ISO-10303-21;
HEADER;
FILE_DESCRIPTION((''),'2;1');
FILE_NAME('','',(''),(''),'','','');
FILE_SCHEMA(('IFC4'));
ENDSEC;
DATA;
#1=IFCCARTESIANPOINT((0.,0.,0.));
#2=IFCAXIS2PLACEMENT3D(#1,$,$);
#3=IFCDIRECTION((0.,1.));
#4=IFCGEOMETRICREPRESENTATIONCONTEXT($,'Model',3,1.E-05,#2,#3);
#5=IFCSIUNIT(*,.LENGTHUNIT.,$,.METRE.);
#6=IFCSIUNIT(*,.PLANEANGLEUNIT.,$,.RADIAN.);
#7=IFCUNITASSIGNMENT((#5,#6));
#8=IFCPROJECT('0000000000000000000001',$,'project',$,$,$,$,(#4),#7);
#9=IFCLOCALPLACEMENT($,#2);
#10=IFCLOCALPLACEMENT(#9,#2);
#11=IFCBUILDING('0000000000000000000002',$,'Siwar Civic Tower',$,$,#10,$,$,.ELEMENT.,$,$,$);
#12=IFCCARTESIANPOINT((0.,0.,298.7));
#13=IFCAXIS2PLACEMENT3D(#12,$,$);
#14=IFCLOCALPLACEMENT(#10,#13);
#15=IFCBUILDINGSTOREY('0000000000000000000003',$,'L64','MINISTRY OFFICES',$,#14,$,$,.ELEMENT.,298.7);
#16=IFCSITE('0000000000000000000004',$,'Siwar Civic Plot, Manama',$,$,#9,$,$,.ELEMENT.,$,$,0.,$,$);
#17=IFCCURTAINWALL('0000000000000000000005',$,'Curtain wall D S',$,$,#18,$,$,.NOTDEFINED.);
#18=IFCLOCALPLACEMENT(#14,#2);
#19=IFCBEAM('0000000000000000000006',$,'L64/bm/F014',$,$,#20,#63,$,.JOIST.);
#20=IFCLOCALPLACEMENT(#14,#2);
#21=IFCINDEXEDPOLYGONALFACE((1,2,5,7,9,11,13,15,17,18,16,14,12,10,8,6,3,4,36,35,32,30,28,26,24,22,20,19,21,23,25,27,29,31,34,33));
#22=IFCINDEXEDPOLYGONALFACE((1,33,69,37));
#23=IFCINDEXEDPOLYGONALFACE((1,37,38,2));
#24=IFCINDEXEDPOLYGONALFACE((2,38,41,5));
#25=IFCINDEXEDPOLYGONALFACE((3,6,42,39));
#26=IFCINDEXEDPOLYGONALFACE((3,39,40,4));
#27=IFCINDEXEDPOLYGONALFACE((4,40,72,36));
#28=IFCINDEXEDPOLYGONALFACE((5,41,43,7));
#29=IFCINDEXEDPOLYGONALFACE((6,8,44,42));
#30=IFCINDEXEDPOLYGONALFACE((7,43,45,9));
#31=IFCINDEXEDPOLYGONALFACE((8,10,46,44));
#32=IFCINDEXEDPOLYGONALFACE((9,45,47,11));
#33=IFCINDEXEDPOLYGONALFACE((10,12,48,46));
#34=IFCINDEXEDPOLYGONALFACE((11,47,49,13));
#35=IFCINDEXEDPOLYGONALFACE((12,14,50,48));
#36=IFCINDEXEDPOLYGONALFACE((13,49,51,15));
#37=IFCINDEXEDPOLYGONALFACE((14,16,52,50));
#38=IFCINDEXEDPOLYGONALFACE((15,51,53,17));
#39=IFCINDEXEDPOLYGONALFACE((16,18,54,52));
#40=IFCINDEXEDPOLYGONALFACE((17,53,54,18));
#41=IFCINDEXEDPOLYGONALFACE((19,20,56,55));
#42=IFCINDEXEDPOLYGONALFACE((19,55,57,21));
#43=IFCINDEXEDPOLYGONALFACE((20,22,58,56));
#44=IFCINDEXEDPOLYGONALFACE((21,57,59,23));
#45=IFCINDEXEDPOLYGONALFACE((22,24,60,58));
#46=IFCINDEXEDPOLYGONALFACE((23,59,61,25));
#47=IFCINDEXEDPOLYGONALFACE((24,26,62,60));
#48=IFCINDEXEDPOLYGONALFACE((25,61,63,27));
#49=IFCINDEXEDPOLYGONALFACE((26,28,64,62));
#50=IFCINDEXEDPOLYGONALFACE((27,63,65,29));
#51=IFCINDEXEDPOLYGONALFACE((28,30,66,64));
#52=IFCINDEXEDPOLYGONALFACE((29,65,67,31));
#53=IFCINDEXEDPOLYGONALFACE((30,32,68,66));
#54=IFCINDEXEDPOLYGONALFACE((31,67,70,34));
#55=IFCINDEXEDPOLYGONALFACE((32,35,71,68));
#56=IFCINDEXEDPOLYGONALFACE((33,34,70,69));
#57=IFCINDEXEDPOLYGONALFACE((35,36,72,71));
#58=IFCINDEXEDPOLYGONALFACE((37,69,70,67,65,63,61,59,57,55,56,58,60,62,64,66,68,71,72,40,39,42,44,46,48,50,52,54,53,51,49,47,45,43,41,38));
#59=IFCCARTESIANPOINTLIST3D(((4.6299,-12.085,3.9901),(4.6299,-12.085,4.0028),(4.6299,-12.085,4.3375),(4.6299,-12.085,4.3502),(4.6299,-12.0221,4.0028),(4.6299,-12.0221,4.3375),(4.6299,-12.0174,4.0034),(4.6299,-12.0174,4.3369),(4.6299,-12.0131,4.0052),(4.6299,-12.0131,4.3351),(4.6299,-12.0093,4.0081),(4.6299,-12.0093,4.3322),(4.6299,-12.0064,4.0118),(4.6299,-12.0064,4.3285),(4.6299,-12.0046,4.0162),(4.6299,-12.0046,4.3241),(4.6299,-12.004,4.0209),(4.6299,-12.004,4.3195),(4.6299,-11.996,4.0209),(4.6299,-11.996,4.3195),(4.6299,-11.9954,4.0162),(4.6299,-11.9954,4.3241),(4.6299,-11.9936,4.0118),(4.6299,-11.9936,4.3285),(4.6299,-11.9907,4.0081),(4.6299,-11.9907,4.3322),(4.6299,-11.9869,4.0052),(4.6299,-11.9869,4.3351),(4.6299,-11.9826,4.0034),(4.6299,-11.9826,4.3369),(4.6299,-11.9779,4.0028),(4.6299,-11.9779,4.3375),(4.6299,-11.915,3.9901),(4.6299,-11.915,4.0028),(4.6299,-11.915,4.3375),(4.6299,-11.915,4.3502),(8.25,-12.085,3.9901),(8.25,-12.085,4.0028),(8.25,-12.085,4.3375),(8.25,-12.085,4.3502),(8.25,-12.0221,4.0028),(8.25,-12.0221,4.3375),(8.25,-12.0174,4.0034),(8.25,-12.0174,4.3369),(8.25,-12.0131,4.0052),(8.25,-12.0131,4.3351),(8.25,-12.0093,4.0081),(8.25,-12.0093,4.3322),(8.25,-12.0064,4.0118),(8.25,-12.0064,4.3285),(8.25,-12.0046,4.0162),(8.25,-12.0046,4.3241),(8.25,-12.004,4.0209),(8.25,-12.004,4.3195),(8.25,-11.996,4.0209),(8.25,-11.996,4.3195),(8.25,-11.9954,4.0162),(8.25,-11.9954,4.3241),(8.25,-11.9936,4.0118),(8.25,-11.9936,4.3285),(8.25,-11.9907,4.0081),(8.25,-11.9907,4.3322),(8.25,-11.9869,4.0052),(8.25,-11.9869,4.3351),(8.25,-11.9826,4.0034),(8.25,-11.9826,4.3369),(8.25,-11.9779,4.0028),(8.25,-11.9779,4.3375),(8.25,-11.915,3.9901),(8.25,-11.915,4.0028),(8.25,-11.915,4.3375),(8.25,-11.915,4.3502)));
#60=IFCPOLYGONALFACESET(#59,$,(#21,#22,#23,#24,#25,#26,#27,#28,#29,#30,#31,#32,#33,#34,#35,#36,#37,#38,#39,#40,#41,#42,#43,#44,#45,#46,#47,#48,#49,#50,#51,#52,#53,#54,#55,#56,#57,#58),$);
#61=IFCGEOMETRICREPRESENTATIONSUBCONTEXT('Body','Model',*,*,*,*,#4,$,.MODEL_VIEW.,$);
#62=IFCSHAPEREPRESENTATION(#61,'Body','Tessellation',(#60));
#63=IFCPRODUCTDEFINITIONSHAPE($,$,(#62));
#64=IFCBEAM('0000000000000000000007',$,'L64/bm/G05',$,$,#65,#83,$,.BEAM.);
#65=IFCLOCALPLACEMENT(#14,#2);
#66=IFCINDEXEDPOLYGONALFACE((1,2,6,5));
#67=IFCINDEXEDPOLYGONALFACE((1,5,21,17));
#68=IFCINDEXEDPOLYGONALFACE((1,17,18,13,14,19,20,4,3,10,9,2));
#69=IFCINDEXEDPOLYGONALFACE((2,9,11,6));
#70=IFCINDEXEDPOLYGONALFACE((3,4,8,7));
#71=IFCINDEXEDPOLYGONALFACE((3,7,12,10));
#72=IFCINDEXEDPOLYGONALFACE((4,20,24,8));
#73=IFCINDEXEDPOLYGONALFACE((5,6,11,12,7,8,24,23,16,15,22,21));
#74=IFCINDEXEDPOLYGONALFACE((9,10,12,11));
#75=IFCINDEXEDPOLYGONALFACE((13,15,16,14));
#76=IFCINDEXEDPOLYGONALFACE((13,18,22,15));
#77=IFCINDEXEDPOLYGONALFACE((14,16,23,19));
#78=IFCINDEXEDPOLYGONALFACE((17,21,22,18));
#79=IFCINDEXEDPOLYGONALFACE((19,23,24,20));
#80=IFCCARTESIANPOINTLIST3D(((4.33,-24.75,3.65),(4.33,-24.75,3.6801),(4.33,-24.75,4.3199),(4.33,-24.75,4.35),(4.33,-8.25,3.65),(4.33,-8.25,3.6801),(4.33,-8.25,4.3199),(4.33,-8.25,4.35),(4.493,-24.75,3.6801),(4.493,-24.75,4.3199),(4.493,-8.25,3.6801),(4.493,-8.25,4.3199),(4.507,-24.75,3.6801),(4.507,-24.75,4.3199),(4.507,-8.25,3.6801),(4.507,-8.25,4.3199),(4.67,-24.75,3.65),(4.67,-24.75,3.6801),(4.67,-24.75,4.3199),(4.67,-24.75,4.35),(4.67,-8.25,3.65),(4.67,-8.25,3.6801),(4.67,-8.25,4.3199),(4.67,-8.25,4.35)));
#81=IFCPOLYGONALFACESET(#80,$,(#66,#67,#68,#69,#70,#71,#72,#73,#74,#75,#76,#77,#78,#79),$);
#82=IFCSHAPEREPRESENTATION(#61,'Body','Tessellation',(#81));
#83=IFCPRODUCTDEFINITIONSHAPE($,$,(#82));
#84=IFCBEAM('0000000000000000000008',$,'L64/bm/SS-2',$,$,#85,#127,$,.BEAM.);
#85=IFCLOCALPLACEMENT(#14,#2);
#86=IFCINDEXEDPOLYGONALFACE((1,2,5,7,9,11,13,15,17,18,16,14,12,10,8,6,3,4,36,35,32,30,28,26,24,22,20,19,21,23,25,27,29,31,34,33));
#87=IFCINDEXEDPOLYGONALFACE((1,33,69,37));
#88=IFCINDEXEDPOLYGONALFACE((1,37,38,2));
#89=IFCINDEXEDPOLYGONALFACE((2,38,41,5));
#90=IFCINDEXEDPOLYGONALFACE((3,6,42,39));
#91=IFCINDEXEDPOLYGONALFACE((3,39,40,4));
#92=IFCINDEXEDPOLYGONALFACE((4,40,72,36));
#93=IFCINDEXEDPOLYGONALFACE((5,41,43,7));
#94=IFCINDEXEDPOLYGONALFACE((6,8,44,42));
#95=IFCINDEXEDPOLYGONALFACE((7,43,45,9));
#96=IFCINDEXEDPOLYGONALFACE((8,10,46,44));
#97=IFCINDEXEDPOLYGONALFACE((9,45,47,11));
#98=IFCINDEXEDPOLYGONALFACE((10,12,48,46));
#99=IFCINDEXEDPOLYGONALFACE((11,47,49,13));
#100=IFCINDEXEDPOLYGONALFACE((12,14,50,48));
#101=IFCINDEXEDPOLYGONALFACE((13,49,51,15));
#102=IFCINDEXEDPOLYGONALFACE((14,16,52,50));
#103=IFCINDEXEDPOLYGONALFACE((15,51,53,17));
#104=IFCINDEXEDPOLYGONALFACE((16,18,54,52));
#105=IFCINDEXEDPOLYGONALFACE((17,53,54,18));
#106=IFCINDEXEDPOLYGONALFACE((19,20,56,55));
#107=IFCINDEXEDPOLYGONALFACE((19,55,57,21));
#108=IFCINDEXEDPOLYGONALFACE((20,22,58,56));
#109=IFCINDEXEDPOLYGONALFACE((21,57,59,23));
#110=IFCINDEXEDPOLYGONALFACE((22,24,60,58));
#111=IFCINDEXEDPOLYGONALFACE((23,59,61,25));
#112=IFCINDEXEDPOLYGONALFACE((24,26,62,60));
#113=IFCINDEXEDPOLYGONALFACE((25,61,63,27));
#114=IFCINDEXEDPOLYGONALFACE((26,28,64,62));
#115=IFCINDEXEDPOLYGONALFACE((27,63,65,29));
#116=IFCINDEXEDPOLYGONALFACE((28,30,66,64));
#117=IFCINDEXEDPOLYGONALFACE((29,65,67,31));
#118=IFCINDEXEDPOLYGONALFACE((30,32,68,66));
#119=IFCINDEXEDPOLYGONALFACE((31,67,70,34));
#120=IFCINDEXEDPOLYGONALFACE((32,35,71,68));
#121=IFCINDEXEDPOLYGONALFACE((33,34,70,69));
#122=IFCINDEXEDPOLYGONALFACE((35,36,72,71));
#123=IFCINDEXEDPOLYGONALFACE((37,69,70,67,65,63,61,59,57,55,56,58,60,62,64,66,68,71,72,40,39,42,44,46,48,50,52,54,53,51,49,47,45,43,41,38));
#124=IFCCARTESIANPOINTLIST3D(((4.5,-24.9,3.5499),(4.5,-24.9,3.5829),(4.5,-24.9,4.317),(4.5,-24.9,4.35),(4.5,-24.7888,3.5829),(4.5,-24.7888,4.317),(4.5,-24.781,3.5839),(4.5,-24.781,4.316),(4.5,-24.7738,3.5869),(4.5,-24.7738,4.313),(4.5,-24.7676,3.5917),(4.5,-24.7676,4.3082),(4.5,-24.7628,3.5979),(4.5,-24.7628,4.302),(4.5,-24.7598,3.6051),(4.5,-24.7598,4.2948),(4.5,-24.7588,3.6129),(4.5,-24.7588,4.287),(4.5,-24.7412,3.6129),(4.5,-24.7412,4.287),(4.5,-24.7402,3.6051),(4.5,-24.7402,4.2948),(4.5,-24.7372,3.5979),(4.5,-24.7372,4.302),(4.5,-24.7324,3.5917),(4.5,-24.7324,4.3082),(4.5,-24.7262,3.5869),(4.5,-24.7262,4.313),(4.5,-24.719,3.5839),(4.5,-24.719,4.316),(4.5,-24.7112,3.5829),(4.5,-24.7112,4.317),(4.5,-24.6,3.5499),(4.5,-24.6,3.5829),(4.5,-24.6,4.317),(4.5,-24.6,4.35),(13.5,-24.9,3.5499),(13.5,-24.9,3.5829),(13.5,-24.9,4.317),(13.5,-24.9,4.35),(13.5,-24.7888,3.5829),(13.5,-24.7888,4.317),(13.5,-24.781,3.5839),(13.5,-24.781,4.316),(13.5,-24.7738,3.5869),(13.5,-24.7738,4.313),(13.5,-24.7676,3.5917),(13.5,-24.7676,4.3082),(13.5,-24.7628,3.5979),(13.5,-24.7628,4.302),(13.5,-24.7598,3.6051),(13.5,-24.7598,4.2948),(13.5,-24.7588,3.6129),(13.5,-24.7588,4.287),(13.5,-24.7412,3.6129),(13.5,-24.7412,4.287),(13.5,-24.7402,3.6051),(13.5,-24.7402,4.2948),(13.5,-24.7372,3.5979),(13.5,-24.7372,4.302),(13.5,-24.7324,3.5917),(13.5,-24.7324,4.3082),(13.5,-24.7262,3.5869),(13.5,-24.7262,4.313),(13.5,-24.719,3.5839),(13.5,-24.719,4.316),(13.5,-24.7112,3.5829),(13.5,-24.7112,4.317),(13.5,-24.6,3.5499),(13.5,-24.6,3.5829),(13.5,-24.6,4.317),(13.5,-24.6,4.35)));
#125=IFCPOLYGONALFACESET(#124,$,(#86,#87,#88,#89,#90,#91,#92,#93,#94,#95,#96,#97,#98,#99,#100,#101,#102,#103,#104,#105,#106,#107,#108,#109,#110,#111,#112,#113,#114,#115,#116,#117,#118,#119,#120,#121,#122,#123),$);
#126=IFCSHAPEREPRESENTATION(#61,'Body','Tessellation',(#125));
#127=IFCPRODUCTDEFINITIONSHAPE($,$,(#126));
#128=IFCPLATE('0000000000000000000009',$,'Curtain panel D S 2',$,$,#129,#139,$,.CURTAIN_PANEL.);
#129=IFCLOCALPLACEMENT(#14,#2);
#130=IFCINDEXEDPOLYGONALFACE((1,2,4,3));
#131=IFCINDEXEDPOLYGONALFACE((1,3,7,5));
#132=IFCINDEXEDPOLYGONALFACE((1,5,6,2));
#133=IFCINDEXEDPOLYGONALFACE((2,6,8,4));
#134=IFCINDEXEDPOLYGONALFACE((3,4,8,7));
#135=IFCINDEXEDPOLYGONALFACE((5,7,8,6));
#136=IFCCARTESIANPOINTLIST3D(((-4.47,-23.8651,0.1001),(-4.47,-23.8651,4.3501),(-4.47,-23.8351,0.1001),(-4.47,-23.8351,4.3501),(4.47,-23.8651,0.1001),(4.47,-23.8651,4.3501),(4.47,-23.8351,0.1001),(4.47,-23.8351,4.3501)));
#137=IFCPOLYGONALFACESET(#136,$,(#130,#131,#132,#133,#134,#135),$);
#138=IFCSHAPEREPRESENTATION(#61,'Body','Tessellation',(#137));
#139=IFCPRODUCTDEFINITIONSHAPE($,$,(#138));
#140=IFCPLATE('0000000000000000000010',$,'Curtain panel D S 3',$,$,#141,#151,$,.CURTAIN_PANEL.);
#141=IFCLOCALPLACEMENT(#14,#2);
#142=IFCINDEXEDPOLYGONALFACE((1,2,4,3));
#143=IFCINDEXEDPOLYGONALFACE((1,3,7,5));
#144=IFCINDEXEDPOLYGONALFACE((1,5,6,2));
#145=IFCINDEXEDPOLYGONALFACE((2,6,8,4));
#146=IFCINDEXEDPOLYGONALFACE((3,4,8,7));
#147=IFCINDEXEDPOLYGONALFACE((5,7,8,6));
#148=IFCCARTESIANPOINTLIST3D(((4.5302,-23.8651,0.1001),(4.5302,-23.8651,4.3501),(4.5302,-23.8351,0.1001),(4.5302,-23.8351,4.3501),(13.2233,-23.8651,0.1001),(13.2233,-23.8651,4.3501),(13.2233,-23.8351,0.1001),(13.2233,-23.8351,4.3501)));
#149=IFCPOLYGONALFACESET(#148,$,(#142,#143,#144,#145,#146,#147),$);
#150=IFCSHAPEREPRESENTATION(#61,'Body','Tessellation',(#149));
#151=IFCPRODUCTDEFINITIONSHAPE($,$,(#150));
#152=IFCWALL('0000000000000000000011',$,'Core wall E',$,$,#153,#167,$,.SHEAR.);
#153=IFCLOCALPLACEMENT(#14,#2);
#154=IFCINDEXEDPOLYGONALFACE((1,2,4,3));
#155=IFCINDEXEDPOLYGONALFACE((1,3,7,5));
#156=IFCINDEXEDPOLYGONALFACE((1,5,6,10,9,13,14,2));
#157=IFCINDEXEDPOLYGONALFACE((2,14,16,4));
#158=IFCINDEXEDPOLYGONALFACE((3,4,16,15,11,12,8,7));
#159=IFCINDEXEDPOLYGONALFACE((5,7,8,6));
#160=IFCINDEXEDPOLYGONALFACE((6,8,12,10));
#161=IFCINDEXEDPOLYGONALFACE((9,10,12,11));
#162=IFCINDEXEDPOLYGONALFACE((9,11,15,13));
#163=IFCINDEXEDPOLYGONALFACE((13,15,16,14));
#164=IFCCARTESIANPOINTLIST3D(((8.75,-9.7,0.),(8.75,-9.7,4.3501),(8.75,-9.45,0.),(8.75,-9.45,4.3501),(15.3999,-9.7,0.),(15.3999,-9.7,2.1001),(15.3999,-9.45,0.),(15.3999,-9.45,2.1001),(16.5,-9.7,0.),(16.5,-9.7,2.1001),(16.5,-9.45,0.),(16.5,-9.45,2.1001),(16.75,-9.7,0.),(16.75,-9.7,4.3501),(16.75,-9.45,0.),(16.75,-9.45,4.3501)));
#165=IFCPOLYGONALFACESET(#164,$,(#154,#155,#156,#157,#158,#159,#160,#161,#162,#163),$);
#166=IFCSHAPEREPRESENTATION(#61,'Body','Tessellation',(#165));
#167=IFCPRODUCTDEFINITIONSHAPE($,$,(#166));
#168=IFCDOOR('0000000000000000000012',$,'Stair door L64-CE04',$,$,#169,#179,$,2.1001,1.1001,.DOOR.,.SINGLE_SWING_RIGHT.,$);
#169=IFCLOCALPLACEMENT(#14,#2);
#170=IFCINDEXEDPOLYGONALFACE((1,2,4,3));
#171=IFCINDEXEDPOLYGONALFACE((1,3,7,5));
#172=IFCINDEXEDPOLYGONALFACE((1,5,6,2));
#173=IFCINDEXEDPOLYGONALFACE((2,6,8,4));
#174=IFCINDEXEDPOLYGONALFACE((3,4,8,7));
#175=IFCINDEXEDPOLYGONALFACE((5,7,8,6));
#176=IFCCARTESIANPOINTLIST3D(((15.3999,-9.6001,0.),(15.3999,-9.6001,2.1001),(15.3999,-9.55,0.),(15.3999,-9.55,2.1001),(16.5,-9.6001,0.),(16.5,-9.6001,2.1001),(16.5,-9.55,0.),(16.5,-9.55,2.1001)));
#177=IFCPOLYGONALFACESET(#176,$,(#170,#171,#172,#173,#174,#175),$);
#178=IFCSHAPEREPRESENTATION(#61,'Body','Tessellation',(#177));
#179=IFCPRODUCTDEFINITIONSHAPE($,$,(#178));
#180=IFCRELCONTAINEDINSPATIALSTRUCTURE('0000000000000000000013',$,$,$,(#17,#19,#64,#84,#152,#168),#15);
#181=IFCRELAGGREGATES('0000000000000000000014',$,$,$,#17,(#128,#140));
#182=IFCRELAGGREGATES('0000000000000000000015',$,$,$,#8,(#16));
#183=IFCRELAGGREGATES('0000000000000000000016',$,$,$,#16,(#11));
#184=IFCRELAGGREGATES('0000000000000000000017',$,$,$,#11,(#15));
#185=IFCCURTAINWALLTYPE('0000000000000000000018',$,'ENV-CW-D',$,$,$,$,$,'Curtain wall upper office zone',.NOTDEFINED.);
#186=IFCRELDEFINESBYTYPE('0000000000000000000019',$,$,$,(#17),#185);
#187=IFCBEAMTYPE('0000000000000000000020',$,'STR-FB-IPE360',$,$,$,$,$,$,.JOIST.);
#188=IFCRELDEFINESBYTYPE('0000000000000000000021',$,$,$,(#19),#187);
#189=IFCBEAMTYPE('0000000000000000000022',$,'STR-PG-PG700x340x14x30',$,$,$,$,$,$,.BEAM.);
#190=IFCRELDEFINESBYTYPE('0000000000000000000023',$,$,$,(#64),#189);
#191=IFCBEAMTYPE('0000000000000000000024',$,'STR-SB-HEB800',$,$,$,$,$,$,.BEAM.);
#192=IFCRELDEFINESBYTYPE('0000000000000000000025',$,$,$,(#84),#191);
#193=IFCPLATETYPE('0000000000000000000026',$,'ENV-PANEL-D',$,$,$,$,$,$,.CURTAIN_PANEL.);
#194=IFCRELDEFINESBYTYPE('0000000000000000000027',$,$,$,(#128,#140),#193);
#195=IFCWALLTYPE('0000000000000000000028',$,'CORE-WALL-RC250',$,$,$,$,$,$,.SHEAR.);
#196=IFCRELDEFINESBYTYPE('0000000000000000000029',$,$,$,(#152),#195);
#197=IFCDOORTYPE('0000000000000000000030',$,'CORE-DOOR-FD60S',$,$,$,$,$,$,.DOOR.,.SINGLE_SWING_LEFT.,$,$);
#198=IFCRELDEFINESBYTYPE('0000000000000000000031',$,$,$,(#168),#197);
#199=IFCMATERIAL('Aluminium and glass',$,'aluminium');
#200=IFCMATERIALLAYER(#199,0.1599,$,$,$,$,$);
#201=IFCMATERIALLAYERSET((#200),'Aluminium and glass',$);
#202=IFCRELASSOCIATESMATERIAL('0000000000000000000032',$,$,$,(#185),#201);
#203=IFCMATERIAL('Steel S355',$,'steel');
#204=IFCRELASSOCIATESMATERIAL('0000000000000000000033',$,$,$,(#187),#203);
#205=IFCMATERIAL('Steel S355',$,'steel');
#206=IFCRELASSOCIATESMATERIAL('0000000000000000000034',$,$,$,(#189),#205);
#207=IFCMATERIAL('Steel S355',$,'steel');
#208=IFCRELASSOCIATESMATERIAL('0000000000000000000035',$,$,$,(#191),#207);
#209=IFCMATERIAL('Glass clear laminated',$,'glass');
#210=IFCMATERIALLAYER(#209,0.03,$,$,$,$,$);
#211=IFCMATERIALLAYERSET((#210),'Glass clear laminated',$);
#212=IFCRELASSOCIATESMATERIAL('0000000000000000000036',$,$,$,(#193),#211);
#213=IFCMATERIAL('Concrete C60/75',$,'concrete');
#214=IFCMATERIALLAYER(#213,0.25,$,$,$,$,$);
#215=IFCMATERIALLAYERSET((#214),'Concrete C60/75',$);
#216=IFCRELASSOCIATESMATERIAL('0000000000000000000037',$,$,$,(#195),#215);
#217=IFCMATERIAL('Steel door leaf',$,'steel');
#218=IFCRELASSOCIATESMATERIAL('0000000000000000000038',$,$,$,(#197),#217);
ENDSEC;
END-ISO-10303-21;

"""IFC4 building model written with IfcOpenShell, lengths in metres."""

from ifc_helpers import new_model, si_unit, direction, frame, frame_2d, origin, origin_2d, place, context, subcontext, project, spatial, rectangle, i_section, extrude, material, layer, layer_set, material_profile, profile_set, type_object, element, fill, aggregate, save


model = new_model("IFC4")

# Units and contexts
model_context = context("Model", 3, precision=1e-05, world=origin(), true_north=direction((0.0, 1.0)))
body_context = subcontext(model_context, "Body", "Model", "MODEL_VIEW")
ifc_project = project(units=[si_unit("LENGTHUNIT", "METRE"), si_unit("PLANEANGLEUNIT", "RADIAN")], contexts=[model_context])

# Site, building, storey
site_placement = place(None, origin())
site = spatial("IfcSite", under=ifc_project, at=site_placement, Name="Siwar Civic Plot, Manama", CompositionType="ELEMENT", RefElevation=0.0)
building_placement = place(site_placement, origin())
building = spatial("IfcBuilding", under=site, at=building_placement, Name="Siwar Civic Tower", CompositionType="ELEMENT")
storey_placement = place(building_placement, frame((0.0, 0.0, 298.7)))
storey = spatial("IfcBuildingStorey", under=building, at=storey_placement, Name="L64", Description="MINISTRY OFFICES", CompositionType="ELEMENT", Elevation=298.7)

# Curtain wall
ifc_material_1 = material(Name="Aluminium and glass", Category="aluminium")
ifc_layer_1 = layer(ifc_material_1, 0.1599)
ifc_layer_set_1 = layer_set([ifc_layer_1], Name="Aluminium and glass")
curtain_wall_type_1 = type_object("IfcCurtainWallType", Name="ENV-CW-D", ElementType="Curtain wall upper office zone", PredefinedType="NOTDEFINED", material=ifc_layer_set_1)
curtain_wall_1_placement = place(storey_placement, origin())
curtain_wall_1 = element("IfcCurtainWall", 1, at=curtain_wall_1_placement, inside=storey, type_object=curtain_wall_type_1, Name="Curtain wall D S", PredefinedType="NOTDEFINED")

# Beams
ifc_material_2 = material(Name="Steel S355", Category="steel")
ifc_material_profile_1 = material_profile(ifc_material_2, i_section(OverallWidth=0.1699, OverallDepth=0.3601, WebThickness=0.0081, FlangeThickness=0.0127, FilletRadius=0.0181, at=origin_2d()), Name="IPE360")
ifc_profile_set_1 = profile_set([ifc_material_profile_1], Name="Steel S355")
beam_type_1 = type_object("IfcBeamType", Name="STR-FB-IPE360", PredefinedType="JOIST", material=ifc_profile_set_1)
beam_1_placement = place(storey_placement, frame((4.6299, -12.0, 4.1702), z_axis=(1.0, 0.0, 0.0), x_axis=(0.0, 1.0, 0.0)))
element("IfcBeam", 2, at=beam_1_placement, inside=storey, type_object=beam_type_1, Name="L64/bm/F014", PredefinedType="JOIST", context=body_context, shape_type="SweptSolid", body=[
    extrude(i_section(OverallWidth=0.1699, OverallDepth=0.3601, WebThickness=0.0081, FlangeThickness=0.0127, FilletRadius=0.0181, at=origin_2d()), origin(), (0.0, 0.0, 1.0), 3.6201),
])
ifc_material_3 = material(Name="Steel S355", Category="steel")
ifc_material_profile_2 = material_profile(ifc_material_3, i_section(OverallWidth=0.3401, OverallDepth=0.7, WebThickness=0.0139, FlangeThickness=0.03, at=origin_2d()), Name="PG700x340x14x30")
ifc_profile_set_2 = profile_set([ifc_material_profile_2], Name="Steel S355")
beam_type_2 = type_object("IfcBeamType", Name="STR-PG-PG700x340x14x30", PredefinedType="BEAM", material=ifc_profile_set_2)
beam_2_placement = place(storey_placement, frame((4.5, -24.75, 4.0), z_axis=(0.0, 1.0, 0.0), x_axis=(-1.0, 0.0, 0.0)))
element("IfcBeam", 3, at=beam_2_placement, inside=storey, type_object=beam_type_2, Name="L64/bm/G05", PredefinedType="BEAM", context=body_context, shape_type="SweptSolid", body=[
    extrude(i_section(OverallWidth=0.3401, OverallDepth=0.7, WebThickness=0.0139, FlangeThickness=0.03, at=origin_2d()), origin(), (0.0, 0.0, 1.0), 16.5),
])
ifc_material_4 = material(Name="Steel S355", Category="steel")
ifc_material_profile_3 = material_profile(ifc_material_4, i_section(OverallWidth=0.3, OverallDepth=0.8, WebThickness=0.0176, FlangeThickness=0.033, FilletRadius=0.03, at=origin_2d()), Name="HEB800")
ifc_profile_set_3 = profile_set([ifc_material_profile_3], Name="Steel S355")
beam_type_3 = type_object("IfcBeamType", Name="STR-SB-HEB800", PredefinedType="BEAM", material=ifc_profile_set_3)
beam_3_placement = place(storey_placement, frame((4.5, -24.75, 3.95), z_axis=(1.0, 0.0, 0.0), x_axis=(0.0, 1.0, 0.0)))
element("IfcBeam", 4, at=beam_3_placement, inside=storey, type_object=beam_type_3, Name="L64/bm/SS-2", PredefinedType="BEAM", context=body_context, shape_type="SweptSolid", body=[
    extrude(i_section(OverallWidth=0.3, OverallDepth=0.8, WebThickness=0.0176, FlangeThickness=0.033, FilletRadius=0.03, at=origin_2d()), origin(), (0.0, 0.0, 1.0), 9.0),
])

# Plates
ifc_material_5 = material(Name="Glass clear laminated", Category="glass")
ifc_layer_2 = layer(ifc_material_5, 0.03)
ifc_layer_set_2 = layer_set([ifc_layer_2], Name="Glass clear laminated")
plate_type = type_object("IfcPlateType", Name="ENV-PANEL-D", PredefinedType="CURTAIN_PANEL", material=ifc_layer_set_2)
plate_1_placement = place(storey_placement, frame((0.0, -23.8501, 0.1001), z_axis=(0.0, 0.0, 1.0), x_axis=(1.0, 0.0, 0.0)))
plate_1 = element("IfcPlate", 5, at=plate_1_placement, type_object=plate_type, Name="Curtain panel D S 2", PredefinedType="CURTAIN_PANEL", context=body_context, shape_type="SweptSolid", body=[
    extrude(rectangle(XDim=8.9399, YDim=0.03, at=origin_2d()), origin(), (0.0, 0.0, 1.0), 4.25),
])
plate_2_placement = place(storey_placement, frame((8.8767, -23.8501, 0.1001), z_axis=(0.0, 0.0, 1.0), x_axis=(1.0, 0.0, 0.0)))
plate_2 = element("IfcPlate", 6, at=plate_2_placement, type_object=plate_type, Name="Curtain panel D S 3", PredefinedType="CURTAIN_PANEL", context=body_context, shape_type="SweptSolid", body=[
    extrude(rectangle(XDim=8.6931, YDim=0.03, at=origin_2d()), origin(), (0.0, 0.0, 1.0), 4.25),
])
aggregate(curtain_wall_1, [plate_1, plate_2])

# Wall, opening, door
ifc_material_6 = material(Name="Concrete C60/75", Category="concrete")
ifc_layer_3 = layer(ifc_material_6, 0.25)
ifc_layer_set_3 = layer_set([ifc_layer_3], Name="Concrete C60/75")
wall_type_1 = type_object("IfcWallType", Name="CORE-WALL-RC250", PredefinedType="SHEAR", material=ifc_layer_set_3)
wall_1_placement = place(storey_placement, frame((8.75, -9.575, 0.0), z_axis=(0.0, 0.0, 1.0), x_axis=(1.0, 0.0, 0.0)))
wall_1 = element("IfcWall", 7, at=wall_1_placement, inside=storey, type_object=wall_type_1, Name="Core wall E", PredefinedType="SHEAR", context=body_context, shape_type="SweptSolid", body=[
    extrude(rectangle(XDim=8.0, YDim=0.25, at=frame_2d((4.0, 0.0))), origin(), (0.0, 0.0, 1.0), 4.3501),
])
opening_placement = place(wall_1_placement, frame((6.6499, 0.0, 0.0)))
opening = element("IfcOpeningElement", 8, at=opening_placement, cuts=wall_1, PredefinedType="OPENING", context=body_context, shape_type="SweptSolid", body=[
    extrude(rectangle(XDim=1.1001, YDim=2.1001, at=frame_2d((0.55, 1.05))), frame((0.0, 0.135, 0.0), z_axis=(0.0, -1.0, 0.0), x_axis=(1.0, 0.0, 0.0)), (0.0, 0.0, 1.0), 0.27),
])
ifc_material_7 = material(Name="Steel door leaf", Category="steel")
door_type = type_object("IfcDoorType", Name="CORE-DOOR-FD60S", OperationType="SINGLE_SWING_LEFT", PredefinedType="DOOR", material=ifc_material_7)
door_placement = place(opening_placement, origin())
door = element("IfcDoor", 9, at=door_placement, inside=storey, type_object=door_type, Name="Stair door L64-CE04", OperationType="SINGLE_SWING_RIGHT", OverallHeight=2.1001, OverallWidth=1.1001, PredefinedType="DOOR", context=body_context, shape_type="SweptSolid", body=[
    extrude(rectangle(XDim=1.1001, YDim=2.1001, at=frame_2d((0.55, 1.05))), frame((0.0, 0.0249, 0.0), z_axis=(0.0, -1.0, 0.0), x_axis=(1.0, 0.0, 0.0)), (0.0, 0.0, 1.0), 0.05),
])
fill(opening, door)

save(model, "model.ifc")
